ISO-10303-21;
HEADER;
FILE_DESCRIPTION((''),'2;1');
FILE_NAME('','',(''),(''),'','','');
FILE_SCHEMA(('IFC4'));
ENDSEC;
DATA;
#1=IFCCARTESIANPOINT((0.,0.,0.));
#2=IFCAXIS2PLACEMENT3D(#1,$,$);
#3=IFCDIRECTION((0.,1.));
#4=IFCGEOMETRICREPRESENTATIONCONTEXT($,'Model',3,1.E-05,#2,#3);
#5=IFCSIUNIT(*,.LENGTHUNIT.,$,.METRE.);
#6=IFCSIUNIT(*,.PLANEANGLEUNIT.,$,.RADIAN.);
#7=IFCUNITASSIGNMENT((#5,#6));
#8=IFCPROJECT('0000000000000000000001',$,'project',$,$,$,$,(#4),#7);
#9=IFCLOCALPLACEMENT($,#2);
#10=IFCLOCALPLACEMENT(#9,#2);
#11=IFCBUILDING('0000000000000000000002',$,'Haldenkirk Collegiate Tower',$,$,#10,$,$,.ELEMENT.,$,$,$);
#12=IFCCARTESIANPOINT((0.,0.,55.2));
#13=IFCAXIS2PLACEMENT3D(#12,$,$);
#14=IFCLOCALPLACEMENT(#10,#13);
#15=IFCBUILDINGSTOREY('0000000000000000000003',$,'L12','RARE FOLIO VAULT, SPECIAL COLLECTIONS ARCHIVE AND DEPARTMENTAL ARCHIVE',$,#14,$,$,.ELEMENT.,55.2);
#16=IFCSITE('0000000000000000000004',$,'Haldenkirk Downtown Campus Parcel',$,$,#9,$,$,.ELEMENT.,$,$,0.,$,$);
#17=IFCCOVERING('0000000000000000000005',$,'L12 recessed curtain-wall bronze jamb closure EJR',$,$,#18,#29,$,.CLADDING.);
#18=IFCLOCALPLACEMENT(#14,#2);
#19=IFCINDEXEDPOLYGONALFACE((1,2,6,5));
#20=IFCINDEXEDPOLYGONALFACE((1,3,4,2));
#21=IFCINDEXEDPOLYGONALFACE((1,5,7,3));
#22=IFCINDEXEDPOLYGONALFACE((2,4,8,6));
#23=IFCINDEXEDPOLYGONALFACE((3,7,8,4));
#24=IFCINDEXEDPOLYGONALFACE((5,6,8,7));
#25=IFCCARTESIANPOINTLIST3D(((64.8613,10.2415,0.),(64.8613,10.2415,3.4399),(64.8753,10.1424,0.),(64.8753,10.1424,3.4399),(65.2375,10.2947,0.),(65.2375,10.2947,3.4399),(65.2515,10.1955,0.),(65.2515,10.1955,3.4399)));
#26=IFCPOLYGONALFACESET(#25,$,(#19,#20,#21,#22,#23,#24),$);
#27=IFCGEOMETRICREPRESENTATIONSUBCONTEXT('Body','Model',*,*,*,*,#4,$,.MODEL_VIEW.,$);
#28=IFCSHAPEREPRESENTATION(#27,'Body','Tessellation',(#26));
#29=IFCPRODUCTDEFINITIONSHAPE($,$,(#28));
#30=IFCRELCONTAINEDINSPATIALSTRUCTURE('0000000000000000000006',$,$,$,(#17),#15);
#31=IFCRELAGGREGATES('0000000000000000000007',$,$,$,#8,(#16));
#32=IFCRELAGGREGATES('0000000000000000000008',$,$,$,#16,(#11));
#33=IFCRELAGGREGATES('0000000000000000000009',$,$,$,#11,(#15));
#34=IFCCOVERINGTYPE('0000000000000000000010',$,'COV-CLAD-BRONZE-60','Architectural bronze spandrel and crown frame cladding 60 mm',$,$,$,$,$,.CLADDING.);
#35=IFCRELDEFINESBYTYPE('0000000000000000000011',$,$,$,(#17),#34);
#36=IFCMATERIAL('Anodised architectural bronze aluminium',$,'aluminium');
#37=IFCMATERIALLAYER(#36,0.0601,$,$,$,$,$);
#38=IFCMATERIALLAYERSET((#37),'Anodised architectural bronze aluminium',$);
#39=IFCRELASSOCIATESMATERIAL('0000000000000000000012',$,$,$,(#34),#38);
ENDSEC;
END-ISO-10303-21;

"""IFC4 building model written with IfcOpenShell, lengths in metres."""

from ifc_helpers import new_model, si_unit, direction, frame, origin, origin_2d, place, context, subcontext, project, spatial, rectangle, extrude, source, transform, mapped, material, layer, layer_set, type_object, element, save


model = new_model("IFC4")

# Units and contexts
model_context = context("Model", 3, precision=1e-05, world=origin(), true_north=direction((0.0, 1.0)))
body_context = subcontext(model_context, "Body", "Model", "MODEL_VIEW")
ifc_project = project(units=[si_unit("LENGTHUNIT", "METRE"), si_unit("PLANEANGLEUNIT", "RADIAN")], contexts=[model_context])

# Site, building, storey
site_placement = place(None, origin())
site = spatial("IfcSite", under=ifc_project, at=site_placement, Name="Haldenkirk Downtown Campus Parcel", CompositionType="ELEMENT", RefElevation=0.0)
building_placement = place(site_placement, origin())
building = spatial("IfcBuilding", under=site, at=building_placement, Name="Haldenkirk Collegiate Tower", CompositionType="ELEMENT")
storey_placement = place(building_placement, frame((0.0, 0.0, 55.2)))
storey = spatial("IfcBuildingStorey", under=building, at=storey_placement, Name="L12", Description="RARE FOLIO VAULT, SPECIAL COLLECTIONS ARCHIVE AND DEPARTMENTAL ARCHIVE", CompositionType="ELEMENT", Elevation=55.2)

# Shared definitions
ifc_material_1 = material(Name="Anodised architectural bronze aluminium", Category="aluminium")

# Covering
ifc_layer_1 = layer(ifc_material_1, 0.0601)
ifc_layer_set_1 = layer_set([ifc_layer_1], Name="Anodised architectural bronze aluminium")
covering_type = type_object("IfcCoveringType", Name="COV-CLAD-BRONZE-60", Description="Architectural bronze spandrel and crown frame cladding 60 mm", PredefinedType="CLADDING", material=ifc_layer_set_1)
shared_shape_1 = source(origin(), body_context, "Body", "SweptSolid", [
    extrude(rectangle(XDim=0.1001, YDim=0.3799, at=origin_2d()), origin(), (0.0, 0.0, 1.0), 3.4399),
])
for number, where, z_axis, x_axis, name in (
    (1, (65.0564, 10.2185, 0.0), (0.0, 0.0, 1.0), (0.140037, -0.990146, 0.0), "L12 recessed curtain-wall bronze jamb closure EJR"),
):
    element("IfcCovering", number, at=place(storey_placement, frame(where, z_axis=z_axis, x_axis=x_axis)), inside=storey, type_object=covering_type, Name=name, PredefinedType="CLADDING", context=body_context, shape_type="MappedRepresentation", body=[
        mapped(shared_shape_1, transform((0.0, 0.0, 0.0), x_axis=(1.0, 0.0, 0.0), y_axis=(0.0, 1.0, 0.0), z_axis=(0.0, 0.0, 1.0), scale=1.0)),
    ])

save(model, "model.ifc")
